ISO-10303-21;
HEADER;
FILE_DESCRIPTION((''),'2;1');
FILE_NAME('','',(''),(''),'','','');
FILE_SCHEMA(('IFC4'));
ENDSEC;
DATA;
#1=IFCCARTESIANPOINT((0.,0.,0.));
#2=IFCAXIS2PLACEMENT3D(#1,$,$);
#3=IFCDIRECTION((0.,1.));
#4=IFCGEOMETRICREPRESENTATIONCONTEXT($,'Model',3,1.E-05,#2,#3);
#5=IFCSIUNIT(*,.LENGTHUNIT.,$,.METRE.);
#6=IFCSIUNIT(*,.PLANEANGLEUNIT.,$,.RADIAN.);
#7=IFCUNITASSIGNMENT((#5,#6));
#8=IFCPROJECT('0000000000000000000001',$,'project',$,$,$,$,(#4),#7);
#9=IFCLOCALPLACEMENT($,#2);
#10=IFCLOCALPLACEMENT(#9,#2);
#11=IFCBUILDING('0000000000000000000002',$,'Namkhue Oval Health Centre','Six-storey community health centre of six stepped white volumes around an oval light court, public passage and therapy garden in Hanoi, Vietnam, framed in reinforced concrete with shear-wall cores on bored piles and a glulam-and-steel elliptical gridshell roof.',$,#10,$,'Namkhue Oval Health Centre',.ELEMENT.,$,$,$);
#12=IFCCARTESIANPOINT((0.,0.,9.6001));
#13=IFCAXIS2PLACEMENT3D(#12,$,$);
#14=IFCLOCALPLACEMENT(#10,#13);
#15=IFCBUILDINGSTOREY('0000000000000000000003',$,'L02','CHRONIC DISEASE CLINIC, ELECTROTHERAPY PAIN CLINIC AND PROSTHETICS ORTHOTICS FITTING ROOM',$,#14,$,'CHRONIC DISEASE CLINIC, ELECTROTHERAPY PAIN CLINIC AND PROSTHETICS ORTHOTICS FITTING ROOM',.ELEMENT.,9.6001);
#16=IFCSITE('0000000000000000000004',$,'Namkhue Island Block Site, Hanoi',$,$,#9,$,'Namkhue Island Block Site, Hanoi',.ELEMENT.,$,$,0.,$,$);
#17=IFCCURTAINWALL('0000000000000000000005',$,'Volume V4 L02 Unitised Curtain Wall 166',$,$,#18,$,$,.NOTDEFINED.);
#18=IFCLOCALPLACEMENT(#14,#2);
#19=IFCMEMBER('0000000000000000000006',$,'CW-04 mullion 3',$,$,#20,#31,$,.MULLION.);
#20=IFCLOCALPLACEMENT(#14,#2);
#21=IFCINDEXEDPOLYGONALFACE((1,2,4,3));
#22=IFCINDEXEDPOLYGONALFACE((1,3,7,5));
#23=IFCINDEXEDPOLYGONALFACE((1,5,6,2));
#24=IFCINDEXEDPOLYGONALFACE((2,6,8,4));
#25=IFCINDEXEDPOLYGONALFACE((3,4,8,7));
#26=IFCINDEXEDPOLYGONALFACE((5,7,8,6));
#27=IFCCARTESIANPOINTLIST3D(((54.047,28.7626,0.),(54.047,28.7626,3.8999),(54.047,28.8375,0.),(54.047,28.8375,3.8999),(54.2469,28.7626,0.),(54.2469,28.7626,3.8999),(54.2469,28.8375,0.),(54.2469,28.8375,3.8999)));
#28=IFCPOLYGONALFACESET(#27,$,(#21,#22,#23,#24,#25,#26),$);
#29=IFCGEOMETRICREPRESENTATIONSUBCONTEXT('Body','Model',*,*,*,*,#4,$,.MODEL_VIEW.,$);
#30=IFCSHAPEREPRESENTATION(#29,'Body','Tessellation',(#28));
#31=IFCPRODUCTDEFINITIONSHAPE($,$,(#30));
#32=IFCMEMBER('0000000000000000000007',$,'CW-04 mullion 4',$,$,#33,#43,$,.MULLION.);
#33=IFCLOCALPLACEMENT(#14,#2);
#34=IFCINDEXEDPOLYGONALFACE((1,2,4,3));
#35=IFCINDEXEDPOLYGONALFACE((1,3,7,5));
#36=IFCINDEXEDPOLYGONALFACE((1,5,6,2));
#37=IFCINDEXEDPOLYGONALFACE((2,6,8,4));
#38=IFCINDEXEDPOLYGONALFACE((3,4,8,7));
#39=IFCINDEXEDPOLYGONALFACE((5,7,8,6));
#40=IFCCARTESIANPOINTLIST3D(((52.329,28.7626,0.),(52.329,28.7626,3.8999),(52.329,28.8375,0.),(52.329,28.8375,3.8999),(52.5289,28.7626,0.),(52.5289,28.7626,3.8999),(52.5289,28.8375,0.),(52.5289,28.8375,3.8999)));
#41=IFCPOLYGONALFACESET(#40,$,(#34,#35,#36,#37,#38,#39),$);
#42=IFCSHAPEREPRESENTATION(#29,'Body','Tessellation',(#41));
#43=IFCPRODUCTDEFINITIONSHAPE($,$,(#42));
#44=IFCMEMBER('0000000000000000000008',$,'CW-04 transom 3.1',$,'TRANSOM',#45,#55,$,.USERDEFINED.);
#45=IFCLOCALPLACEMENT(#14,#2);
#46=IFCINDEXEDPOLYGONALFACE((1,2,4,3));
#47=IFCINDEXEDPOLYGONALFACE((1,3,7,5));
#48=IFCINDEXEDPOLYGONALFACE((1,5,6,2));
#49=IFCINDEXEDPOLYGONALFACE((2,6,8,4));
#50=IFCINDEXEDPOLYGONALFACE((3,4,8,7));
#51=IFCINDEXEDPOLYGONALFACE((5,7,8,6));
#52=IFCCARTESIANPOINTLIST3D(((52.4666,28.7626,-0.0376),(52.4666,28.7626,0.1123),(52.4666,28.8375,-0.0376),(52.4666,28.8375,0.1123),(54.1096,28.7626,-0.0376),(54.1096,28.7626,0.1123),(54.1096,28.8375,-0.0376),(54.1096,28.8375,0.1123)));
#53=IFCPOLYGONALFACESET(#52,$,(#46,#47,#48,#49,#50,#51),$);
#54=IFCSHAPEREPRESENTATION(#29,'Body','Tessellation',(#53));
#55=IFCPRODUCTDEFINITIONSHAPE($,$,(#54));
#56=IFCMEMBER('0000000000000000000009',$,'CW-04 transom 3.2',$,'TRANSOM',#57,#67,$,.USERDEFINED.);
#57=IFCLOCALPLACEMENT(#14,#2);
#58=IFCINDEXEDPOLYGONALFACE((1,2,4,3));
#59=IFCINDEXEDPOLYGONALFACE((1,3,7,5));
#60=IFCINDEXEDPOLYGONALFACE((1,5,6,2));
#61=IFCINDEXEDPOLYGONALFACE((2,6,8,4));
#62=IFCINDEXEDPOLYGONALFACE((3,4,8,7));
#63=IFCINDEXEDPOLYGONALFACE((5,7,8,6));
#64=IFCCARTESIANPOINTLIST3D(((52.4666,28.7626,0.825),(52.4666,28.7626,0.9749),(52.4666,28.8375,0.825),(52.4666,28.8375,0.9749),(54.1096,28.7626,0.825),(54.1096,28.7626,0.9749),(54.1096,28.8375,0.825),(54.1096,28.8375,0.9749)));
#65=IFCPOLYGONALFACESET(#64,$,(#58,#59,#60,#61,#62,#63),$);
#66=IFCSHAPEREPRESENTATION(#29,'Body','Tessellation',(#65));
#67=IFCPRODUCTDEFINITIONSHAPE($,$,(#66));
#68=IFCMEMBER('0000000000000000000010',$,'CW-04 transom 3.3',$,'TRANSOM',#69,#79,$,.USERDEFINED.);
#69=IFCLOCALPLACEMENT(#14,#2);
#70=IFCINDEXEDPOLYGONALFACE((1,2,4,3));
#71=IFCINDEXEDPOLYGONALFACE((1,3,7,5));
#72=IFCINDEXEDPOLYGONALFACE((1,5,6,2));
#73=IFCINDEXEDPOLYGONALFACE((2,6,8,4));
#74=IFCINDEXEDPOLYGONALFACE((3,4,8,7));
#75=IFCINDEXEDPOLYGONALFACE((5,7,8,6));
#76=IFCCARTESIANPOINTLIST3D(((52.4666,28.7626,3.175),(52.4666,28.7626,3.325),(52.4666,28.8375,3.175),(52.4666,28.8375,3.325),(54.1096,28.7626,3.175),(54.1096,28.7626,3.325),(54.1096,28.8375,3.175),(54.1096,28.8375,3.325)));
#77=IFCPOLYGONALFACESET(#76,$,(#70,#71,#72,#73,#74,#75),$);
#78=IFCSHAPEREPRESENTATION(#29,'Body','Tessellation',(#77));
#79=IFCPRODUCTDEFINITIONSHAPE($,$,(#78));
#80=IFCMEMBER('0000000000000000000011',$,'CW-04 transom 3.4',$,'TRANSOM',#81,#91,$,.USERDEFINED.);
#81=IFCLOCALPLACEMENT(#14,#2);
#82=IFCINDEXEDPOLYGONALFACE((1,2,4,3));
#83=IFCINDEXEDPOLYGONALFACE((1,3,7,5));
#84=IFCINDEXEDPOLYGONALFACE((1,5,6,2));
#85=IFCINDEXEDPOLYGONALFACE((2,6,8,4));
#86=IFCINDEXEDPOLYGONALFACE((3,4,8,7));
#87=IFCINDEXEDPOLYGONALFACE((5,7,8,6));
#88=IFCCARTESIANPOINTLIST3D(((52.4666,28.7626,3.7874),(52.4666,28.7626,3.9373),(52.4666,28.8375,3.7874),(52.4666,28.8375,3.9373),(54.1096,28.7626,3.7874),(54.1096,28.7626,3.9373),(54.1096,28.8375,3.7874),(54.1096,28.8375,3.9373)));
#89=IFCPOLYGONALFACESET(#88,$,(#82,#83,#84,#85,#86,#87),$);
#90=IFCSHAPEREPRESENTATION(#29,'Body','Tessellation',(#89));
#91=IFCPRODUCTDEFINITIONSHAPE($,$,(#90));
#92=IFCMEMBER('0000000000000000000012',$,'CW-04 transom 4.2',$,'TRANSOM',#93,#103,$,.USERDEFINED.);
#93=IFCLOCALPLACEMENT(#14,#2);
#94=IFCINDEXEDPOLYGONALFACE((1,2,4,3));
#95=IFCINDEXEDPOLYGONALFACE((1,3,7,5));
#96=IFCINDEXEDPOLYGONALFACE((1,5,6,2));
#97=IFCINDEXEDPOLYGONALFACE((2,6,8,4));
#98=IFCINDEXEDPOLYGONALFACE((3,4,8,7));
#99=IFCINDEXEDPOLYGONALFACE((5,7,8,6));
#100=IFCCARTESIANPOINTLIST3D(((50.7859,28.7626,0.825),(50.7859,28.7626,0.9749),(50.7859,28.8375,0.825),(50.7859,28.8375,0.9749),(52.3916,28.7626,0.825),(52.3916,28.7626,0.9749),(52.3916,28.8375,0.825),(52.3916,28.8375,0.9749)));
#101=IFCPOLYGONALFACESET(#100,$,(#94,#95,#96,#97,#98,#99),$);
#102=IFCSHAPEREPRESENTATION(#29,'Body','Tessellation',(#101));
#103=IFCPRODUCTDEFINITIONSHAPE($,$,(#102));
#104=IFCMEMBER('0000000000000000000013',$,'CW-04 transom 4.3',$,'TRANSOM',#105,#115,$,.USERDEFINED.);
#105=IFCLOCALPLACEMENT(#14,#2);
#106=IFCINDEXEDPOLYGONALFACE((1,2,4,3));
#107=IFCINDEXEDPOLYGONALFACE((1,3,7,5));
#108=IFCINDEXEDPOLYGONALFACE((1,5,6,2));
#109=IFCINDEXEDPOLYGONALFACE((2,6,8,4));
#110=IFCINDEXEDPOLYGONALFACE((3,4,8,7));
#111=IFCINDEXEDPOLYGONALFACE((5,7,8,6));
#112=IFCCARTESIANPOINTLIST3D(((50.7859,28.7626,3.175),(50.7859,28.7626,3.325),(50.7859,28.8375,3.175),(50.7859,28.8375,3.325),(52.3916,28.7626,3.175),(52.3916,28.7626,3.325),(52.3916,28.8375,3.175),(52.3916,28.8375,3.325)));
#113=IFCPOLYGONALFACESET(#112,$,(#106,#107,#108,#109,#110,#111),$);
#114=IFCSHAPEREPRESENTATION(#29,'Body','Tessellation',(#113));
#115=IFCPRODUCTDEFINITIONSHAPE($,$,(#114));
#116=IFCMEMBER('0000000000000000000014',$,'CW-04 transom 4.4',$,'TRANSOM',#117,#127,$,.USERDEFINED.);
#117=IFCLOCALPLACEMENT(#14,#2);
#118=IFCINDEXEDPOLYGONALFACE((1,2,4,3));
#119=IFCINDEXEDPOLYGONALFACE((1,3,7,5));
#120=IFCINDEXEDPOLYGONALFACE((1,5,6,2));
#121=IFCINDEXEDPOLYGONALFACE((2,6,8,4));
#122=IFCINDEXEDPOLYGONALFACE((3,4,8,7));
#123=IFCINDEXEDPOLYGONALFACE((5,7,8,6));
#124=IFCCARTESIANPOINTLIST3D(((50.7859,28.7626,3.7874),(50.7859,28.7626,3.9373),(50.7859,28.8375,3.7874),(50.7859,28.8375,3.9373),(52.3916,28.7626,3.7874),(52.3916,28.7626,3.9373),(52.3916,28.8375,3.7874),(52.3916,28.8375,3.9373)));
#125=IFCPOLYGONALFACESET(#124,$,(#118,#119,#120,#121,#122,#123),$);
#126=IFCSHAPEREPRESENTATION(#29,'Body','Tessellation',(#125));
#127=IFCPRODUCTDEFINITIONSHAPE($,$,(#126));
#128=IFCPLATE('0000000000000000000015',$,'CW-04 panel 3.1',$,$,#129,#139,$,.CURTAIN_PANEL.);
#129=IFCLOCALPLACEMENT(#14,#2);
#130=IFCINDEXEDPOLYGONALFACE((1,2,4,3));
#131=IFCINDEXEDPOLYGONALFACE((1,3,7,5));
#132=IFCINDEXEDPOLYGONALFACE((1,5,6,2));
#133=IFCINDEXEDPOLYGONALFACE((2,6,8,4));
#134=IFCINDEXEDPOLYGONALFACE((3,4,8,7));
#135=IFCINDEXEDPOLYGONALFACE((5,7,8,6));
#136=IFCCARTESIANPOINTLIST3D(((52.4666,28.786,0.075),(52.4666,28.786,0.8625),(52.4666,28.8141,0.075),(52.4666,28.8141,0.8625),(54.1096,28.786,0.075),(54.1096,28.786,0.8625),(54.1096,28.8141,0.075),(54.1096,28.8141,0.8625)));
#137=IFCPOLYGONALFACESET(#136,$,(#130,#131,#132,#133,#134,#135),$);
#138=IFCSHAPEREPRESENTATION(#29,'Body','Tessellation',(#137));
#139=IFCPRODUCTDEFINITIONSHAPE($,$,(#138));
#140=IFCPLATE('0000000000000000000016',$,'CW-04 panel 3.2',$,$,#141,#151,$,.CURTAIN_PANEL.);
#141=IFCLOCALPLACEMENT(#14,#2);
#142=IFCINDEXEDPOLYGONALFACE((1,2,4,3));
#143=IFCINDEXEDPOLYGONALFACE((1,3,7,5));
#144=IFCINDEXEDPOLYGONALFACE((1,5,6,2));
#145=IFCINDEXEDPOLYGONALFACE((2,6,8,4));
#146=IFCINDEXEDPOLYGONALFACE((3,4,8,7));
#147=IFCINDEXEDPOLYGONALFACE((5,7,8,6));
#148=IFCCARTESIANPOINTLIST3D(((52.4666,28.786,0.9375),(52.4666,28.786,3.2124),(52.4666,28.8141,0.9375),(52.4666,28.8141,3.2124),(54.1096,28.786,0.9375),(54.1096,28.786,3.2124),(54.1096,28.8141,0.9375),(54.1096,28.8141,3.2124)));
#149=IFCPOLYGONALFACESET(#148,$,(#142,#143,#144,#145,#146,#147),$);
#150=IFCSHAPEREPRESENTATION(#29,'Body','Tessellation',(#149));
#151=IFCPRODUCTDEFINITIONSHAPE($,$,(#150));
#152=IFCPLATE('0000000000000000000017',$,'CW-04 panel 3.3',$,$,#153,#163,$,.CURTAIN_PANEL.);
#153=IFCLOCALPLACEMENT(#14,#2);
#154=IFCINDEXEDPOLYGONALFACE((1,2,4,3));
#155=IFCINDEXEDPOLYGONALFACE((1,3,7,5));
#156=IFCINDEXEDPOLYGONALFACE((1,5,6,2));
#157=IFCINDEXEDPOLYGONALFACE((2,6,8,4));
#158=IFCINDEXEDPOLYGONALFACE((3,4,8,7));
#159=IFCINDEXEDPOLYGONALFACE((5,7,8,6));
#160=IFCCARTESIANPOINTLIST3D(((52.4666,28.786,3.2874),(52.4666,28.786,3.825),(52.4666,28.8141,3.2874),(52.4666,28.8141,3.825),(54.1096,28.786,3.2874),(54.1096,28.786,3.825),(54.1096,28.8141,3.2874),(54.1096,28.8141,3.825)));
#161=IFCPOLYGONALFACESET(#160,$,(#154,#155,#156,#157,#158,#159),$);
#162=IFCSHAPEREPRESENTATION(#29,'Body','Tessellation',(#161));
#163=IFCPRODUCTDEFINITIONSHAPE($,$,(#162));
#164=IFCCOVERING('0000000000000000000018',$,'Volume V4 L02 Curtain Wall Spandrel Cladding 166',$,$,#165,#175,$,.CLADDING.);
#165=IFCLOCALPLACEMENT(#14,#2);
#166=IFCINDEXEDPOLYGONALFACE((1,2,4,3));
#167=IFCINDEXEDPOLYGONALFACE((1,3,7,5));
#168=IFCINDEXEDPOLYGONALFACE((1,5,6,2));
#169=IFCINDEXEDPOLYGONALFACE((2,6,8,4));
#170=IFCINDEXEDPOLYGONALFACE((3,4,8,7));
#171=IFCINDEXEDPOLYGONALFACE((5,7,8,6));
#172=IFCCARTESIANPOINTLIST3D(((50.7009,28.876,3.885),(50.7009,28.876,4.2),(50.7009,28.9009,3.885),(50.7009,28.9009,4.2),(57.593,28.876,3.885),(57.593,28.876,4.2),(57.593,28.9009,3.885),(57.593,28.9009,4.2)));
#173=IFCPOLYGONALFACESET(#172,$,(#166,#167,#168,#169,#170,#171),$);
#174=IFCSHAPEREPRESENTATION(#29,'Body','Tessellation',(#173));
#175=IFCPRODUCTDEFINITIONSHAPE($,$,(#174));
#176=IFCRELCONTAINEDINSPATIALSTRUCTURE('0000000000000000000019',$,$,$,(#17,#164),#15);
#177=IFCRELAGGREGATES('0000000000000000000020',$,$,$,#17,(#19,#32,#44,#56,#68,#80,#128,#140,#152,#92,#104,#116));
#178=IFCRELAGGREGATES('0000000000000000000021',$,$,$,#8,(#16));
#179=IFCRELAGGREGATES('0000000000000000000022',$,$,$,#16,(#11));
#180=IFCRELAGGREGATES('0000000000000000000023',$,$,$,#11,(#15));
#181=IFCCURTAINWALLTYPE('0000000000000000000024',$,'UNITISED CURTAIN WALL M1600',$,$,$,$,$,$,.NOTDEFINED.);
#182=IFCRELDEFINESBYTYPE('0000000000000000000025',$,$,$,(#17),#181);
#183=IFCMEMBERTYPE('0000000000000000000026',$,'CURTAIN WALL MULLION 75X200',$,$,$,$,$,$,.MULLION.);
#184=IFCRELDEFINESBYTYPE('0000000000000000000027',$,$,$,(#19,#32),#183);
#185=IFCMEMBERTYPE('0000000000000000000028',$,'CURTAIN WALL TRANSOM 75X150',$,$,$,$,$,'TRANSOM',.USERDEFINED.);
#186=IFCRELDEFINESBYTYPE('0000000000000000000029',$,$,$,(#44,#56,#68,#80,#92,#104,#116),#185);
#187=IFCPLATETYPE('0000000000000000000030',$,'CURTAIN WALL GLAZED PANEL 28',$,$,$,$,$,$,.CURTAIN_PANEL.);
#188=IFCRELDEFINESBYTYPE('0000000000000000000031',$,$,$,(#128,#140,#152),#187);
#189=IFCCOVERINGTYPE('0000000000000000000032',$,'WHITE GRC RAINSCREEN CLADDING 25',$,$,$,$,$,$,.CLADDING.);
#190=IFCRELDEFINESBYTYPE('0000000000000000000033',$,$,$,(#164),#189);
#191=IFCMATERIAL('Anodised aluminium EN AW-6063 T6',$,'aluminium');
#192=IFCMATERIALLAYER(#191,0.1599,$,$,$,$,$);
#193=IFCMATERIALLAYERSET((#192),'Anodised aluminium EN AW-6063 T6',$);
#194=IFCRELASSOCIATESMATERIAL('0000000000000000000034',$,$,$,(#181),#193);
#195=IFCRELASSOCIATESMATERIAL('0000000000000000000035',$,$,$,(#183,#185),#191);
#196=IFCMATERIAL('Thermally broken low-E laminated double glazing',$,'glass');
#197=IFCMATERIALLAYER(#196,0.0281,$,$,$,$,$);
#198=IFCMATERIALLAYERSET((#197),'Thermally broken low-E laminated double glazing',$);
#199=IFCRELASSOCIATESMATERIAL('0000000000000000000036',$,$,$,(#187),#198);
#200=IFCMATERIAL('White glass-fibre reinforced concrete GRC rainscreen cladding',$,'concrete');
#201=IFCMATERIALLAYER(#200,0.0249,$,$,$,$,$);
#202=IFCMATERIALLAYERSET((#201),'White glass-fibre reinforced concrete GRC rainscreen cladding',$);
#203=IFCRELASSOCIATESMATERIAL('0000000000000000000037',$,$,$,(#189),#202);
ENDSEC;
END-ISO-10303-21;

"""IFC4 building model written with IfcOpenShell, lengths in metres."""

from ifc_helpers import new_model, si_unit, direction, frame, origin, origin_2d, place, context, subcontext, project, spatial, rectangle, extrude, material, layer, layer_set, material_profile, profile_set, type_object, element, aggregate, save


model = new_model("IFC4")

# Units and contexts
model_context = context("Model", 3, precision=1e-05, world=origin(), true_north=direction((0.0, 1.0)))
body_context = subcontext(model_context, "Body", "Model", "MODEL_VIEW")
ifc_project = project(units=[si_unit("LENGTHUNIT", "METRE"), si_unit("PLANEANGLEUNIT", "RADIAN")], contexts=[model_context])

# Site, building, storey
site_placement = place(None, origin())
site = spatial("IfcSite", under=ifc_project, at=site_placement, Name="Namkhue Island Block Site, Hanoi", LongName="Namkhue Island Block Site, Hanoi", CompositionType="ELEMENT", RefElevation=0.0)
building_placement = place(site_placement, origin())
building = spatial("IfcBuilding", under=site, at=building_placement, Name="Namkhue Oval Health Centre", Description="Six-storey community health centre of six stepped white volumes around an oval light court, public passage and therapy garden in Hanoi, Vietnam, framed in reinforced concrete with shear-wall cores on bored piles and a glulam-and-steel elliptical gridshell roof.", LongName="Namkhue Oval Health Centre", CompositionType="ELEMENT")
storey_placement = place(building_placement, frame((0.0, 0.0, 9.6001)))
storey = spatial("IfcBuildingStorey", under=building, at=storey_placement, Name="L02", Description="CHRONIC DISEASE CLINIC, ELECTROTHERAPY PAIN CLINIC AND PROSTHETICS ORTHOTICS FITTING ROOM", LongName="CHRONIC DISEASE CLINIC, ELECTROTHERAPY PAIN CLINIC AND PROSTHETICS ORTHOTICS FITTING ROOM", CompositionType="ELEMENT", Elevation=9.6001)

# Curtain wall, members, plates
ifc_material_1 = material(Name="Anodised aluminium EN AW-6063 T6", Category="aluminium")
ifc_layer_1 = layer(ifc_material_1, 0.1599)
ifc_layer_set_1 = layer_set([ifc_layer_1], Name="Anodised aluminium EN AW-6063 T6")
curtain_wall_type = type_object("IfcCurtainWallType", Name="UNITISED CURTAIN WALL M1600", PredefinedType="NOTDEFINED", material=ifc_layer_set_1)
curtain_wall_placement = place(storey_placement, origin())
curtain_wall = element("IfcCurtainWall", 1, at=curtain_wall_placement, inside=storey, type_object=curtain_wall_type, Name="Volume V4 L02 Unitised Curtain Wall 166", PredefinedType="NOTDEFINED")
ifc_material_profile_1 = material_profile(ifc_material_1, rectangle(XDim=0.075, YDim=0.2, at=origin_2d()), Name="ALU 75x200")
ifc_profile_set_1 = profile_set([ifc_material_profile_1], Name="Anodised aluminium EN AW-6063 T6")
member_type_1 = type_object("IfcMemberType", Name="CURTAIN WALL MULLION 75X200", PredefinedType="MULLION", material=ifc_profile_set_1)
member_1_placement = place(storey_placement, frame((54.147, 28.8, 0.0), z_axis=(0.0, 0.0, 1.0), x_axis=(0.0, -1.0, 0.0)))
member_1 = element("IfcMember", 2, at=member_1_placement, type_object=member_type_1, Name="CW-04 mullion 3", PredefinedType="MULLION", context=body_context, shape_type="SweptSolid", body=[
    extrude(rectangle(XDim=0.075, YDim=0.2, at=origin_2d()), origin(), (0.0, 0.0, 1.0), 3.8999),
])
member_2_placement = place(storey_placement, frame((52.429, 28.8, 0.0), z_axis=(0.0, 0.0, 1.0), x_axis=(0.0, -1.0, 0.0)))
member_2 = element("IfcMember", 3, at=member_2_placement, type_object=member_type_1, Name="CW-04 mullion 4", PredefinedType="MULLION", context=body_context, shape_type="SweptSolid", body=[
    extrude(rectangle(XDim=0.075, YDim=0.2, at=origin_2d()), origin(), (0.0, 0.0, 1.0), 3.8999),
])
ifc_material_profile_2 = material_profile(ifc_material_1, rectangle(XDim=0.075, YDim=0.1499, at=origin_2d()), Name="ALU 75x150")
ifc_profile_set_2 = profile_set([ifc_material_profile_2], Name="Anodised aluminium EN AW-6063 T6")
member_type_2 = type_object("IfcMemberType", Name="CURTAIN WALL TRANSOM 75X150", ElementType="TRANSOM", PredefinedType="USERDEFINED", material=ifc_profile_set_2)
member_3_placement = place(storey_placement, frame((54.1096, 28.8, 0.0374), z_axis=(-1.0, 0.0, 0.0), x_axis=(0.0, -1.0, 0.0)))
member_3 = element("IfcMember", 4, at=member_3_placement, type_object=member_type_2, Name="CW-04 transom 3.1", ObjectType="TRANSOM", PredefinedType="USERDEFINED", context=body_context, shape_type="SweptSolid", body=[
    extrude(rectangle(XDim=0.075, YDim=0.1499, at=origin_2d()), origin(), (0.0, 0.0, 1.0), 1.6431),
])
member_4_placement = place(storey_placement, frame((54.1096, 28.8, 0.8999), z_axis=(-1.0, 0.0, 0.0), x_axis=(0.0, -1.0, 0.0)))
member_4 = element("IfcMember", 5, at=member_4_placement, type_object=member_type_2, Name="CW-04 transom 3.2", ObjectType="TRANSOM", PredefinedType="USERDEFINED", context=body_context, shape_type="SweptSolid", body=[
    extrude(rectangle(XDim=0.075, YDim=0.1499, at=origin_2d()), origin(), (0.0, 0.0, 1.0), 1.6431),
])
member_5_placement = place(storey_placement, frame((54.1096, 28.8, 3.25), z_axis=(-1.0, 0.0, 0.0), x_axis=(0.0, -1.0, 0.0)))
member_5 = element("IfcMember", 6, at=member_5_placement, type_object=member_type_2, Name="CW-04 transom 3.3", ObjectType="TRANSOM", PredefinedType="USERDEFINED", context=body_context, shape_type="SweptSolid", body=[
    extrude(rectangle(XDim=0.075, YDim=0.1499, at=origin_2d()), origin(), (0.0, 0.0, 1.0), 1.6431),
])
member_6_placement = place(storey_placement, frame((54.1096, 28.8, 3.8623), z_axis=(-1.0, 0.0, 0.0), x_axis=(0.0, -1.0, 0.0)))
member_6 = element("IfcMember", 7, at=member_6_placement, type_object=member_type_2, Name="CW-04 transom 3.4", ObjectType="TRANSOM", PredefinedType="USERDEFINED", context=body_context, shape_type="SweptSolid", body=[
    extrude(rectangle(XDim=0.075, YDim=0.1499, at=origin_2d()), origin(), (0.0, 0.0, 1.0), 1.6431),
])
member_7_placement = place(storey_placement, frame((52.3916, 28.8, 0.8999), z_axis=(-1.0, 0.0, 0.0), x_axis=(0.0, -1.0, 0.0)))
member_7 = element("IfcMember", 8, at=member_7_placement, type_object=member_type_2, Name="CW-04 transom 4.2", ObjectType="TRANSOM", PredefinedType="USERDEFINED", context=body_context, shape_type="SweptSolid", body=[
    extrude(rectangle(XDim=0.075, YDim=0.1499, at=origin_2d()), origin(), (0.0, 0.0, 1.0), 1.6057),
])
member_8_placement = place(storey_placement, frame((52.3916, 28.8, 3.25), z_axis=(-1.0, 0.0, 0.0), x_axis=(0.0, -1.0, 0.0)))
member_8 = element("IfcMember", 9, at=member_8_placement, type_object=member_type_2, Name="CW-04 transom 4.3", ObjectType="TRANSOM", PredefinedType="USERDEFINED", context=body_context, shape_type="SweptSolid", body=[
    extrude(rectangle(XDim=0.075, YDim=0.1499, at=origin_2d()), origin(), (0.0, 0.0, 1.0), 1.6057),
])
member_9_placement = place(storey_placement, frame((52.3916, 28.8, 3.8623), z_axis=(-1.0, 0.0, 0.0), x_axis=(0.0, -1.0, 0.0)))
member_9 = element("IfcMember", 10, at=member_9_placement, type_object=member_type_2, Name="CW-04 transom 4.4", ObjectType="TRANSOM", PredefinedType="USERDEFINED", context=body_context, shape_type="SweptSolid", body=[
    extrude(rectangle(XDim=0.075, YDim=0.1499, at=origin_2d()), origin(), (0.0, 0.0, 1.0), 1.6057),
])
ifc_material_2 = material(Name="Thermally broken low-E laminated double glazing", Category="glass")
ifc_layer_2 = layer(ifc_material_2, 0.0281)
ifc_layer_set_2 = layer_set([ifc_layer_2], Name="Thermally broken low-E laminated double glazing")
plate_type = type_object("IfcPlateType", Name="CURTAIN WALL GLAZED PANEL 28", PredefinedType="CURTAIN_PANEL", material=ifc_layer_set_2)
plate_1_placement = place(storey_placement, frame((53.2881, 28.8, 0.075), z_axis=(0.0, 0.0, 1.0), x_axis=(-1.0, 0.0, 0.0)))
plate_1 = element("IfcPlate", 11, at=plate_1_placement, type_object=plate_type, Name="CW-04 panel 3.1", PredefinedType="CURTAIN_PANEL", context=body_context, shape_type="SweptSolid", body=[
    extrude(rectangle(XDim=1.6431, YDim=0.0281, at=origin_2d()), origin(), (0.0, 0.0, 1.0), 0.7876),
])
plate_2_placement = place(storey_placement, frame((53.2881, 28.8, 0.9375), z_axis=(0.0, 0.0, 1.0), x_axis=(-1.0, 0.0, 0.0)))
plate_2 = element("IfcPlate", 12, at=plate_2_placement, type_object=plate_type, Name="CW-04 panel 3.2", PredefinedType="CURTAIN_PANEL", context=body_context, shape_type="SweptSolid", body=[
    extrude(rectangle(XDim=1.6431, YDim=0.0281, at=origin_2d()), origin(), (0.0, 0.0, 1.0), 2.2749),
])
plate_3_placement = place(storey_placement, frame((53.2881, 28.8, 3.2874), z_axis=(0.0, 0.0, 1.0), x_axis=(-1.0, 0.0, 0.0)))
plate_3 = element("IfcPlate", 13, at=plate_3_placement, type_object=plate_type, Name="CW-04 panel 3.3", PredefinedType="CURTAIN_PANEL", context=body_context, shape_type="SweptSolid", body=[
    extrude(rectangle(XDim=1.6431, YDim=0.0281, at=origin_2d()), origin(), (0.0, 0.0, 1.0), 0.5376),
])
aggregate(curtain_wall, [member_1, member_2, member_3, member_4, member_5, member_6, plate_1, plate_2, plate_3, member_7, member_8, member_9])

# Covering
ifc_material_3 = material(Name="White glass-fibre reinforced concrete GRC rainscreen cladding", Category="concrete")
ifc_layer_3 = layer(ifc_material_3, 0.0249)
ifc_layer_set_3 = layer_set([ifc_layer_3], Name="White glass-fibre reinforced concrete GRC rainscreen cladding")
covering_type = type_object("IfcCoveringType", Name="WHITE GRC RAINSCREEN CLADDING 25", PredefinedType="CLADDING", material=ifc_layer_set_3)
covering_placement = place(storey_placement, frame((54.147, 28.8884, 3.885), z_axis=(0.0, 0.0, 1.0), x_axis=(-1.0, 0.0, 0.0)))
element("IfcCovering", 14, at=covering_placement, inside=storey, type_object=covering_type, Name="Volume V4 L02 Curtain Wall Spandrel Cladding 166", PredefinedType="CLADDING", context=body_context, shape_type="SweptSolid", body=[
    extrude(rectangle(XDim=6.8921, YDim=0.0249, at=origin_2d()), origin(), (0.0, 0.0, 1.0), 0.3149),
])

save(model, "model.ifc")
